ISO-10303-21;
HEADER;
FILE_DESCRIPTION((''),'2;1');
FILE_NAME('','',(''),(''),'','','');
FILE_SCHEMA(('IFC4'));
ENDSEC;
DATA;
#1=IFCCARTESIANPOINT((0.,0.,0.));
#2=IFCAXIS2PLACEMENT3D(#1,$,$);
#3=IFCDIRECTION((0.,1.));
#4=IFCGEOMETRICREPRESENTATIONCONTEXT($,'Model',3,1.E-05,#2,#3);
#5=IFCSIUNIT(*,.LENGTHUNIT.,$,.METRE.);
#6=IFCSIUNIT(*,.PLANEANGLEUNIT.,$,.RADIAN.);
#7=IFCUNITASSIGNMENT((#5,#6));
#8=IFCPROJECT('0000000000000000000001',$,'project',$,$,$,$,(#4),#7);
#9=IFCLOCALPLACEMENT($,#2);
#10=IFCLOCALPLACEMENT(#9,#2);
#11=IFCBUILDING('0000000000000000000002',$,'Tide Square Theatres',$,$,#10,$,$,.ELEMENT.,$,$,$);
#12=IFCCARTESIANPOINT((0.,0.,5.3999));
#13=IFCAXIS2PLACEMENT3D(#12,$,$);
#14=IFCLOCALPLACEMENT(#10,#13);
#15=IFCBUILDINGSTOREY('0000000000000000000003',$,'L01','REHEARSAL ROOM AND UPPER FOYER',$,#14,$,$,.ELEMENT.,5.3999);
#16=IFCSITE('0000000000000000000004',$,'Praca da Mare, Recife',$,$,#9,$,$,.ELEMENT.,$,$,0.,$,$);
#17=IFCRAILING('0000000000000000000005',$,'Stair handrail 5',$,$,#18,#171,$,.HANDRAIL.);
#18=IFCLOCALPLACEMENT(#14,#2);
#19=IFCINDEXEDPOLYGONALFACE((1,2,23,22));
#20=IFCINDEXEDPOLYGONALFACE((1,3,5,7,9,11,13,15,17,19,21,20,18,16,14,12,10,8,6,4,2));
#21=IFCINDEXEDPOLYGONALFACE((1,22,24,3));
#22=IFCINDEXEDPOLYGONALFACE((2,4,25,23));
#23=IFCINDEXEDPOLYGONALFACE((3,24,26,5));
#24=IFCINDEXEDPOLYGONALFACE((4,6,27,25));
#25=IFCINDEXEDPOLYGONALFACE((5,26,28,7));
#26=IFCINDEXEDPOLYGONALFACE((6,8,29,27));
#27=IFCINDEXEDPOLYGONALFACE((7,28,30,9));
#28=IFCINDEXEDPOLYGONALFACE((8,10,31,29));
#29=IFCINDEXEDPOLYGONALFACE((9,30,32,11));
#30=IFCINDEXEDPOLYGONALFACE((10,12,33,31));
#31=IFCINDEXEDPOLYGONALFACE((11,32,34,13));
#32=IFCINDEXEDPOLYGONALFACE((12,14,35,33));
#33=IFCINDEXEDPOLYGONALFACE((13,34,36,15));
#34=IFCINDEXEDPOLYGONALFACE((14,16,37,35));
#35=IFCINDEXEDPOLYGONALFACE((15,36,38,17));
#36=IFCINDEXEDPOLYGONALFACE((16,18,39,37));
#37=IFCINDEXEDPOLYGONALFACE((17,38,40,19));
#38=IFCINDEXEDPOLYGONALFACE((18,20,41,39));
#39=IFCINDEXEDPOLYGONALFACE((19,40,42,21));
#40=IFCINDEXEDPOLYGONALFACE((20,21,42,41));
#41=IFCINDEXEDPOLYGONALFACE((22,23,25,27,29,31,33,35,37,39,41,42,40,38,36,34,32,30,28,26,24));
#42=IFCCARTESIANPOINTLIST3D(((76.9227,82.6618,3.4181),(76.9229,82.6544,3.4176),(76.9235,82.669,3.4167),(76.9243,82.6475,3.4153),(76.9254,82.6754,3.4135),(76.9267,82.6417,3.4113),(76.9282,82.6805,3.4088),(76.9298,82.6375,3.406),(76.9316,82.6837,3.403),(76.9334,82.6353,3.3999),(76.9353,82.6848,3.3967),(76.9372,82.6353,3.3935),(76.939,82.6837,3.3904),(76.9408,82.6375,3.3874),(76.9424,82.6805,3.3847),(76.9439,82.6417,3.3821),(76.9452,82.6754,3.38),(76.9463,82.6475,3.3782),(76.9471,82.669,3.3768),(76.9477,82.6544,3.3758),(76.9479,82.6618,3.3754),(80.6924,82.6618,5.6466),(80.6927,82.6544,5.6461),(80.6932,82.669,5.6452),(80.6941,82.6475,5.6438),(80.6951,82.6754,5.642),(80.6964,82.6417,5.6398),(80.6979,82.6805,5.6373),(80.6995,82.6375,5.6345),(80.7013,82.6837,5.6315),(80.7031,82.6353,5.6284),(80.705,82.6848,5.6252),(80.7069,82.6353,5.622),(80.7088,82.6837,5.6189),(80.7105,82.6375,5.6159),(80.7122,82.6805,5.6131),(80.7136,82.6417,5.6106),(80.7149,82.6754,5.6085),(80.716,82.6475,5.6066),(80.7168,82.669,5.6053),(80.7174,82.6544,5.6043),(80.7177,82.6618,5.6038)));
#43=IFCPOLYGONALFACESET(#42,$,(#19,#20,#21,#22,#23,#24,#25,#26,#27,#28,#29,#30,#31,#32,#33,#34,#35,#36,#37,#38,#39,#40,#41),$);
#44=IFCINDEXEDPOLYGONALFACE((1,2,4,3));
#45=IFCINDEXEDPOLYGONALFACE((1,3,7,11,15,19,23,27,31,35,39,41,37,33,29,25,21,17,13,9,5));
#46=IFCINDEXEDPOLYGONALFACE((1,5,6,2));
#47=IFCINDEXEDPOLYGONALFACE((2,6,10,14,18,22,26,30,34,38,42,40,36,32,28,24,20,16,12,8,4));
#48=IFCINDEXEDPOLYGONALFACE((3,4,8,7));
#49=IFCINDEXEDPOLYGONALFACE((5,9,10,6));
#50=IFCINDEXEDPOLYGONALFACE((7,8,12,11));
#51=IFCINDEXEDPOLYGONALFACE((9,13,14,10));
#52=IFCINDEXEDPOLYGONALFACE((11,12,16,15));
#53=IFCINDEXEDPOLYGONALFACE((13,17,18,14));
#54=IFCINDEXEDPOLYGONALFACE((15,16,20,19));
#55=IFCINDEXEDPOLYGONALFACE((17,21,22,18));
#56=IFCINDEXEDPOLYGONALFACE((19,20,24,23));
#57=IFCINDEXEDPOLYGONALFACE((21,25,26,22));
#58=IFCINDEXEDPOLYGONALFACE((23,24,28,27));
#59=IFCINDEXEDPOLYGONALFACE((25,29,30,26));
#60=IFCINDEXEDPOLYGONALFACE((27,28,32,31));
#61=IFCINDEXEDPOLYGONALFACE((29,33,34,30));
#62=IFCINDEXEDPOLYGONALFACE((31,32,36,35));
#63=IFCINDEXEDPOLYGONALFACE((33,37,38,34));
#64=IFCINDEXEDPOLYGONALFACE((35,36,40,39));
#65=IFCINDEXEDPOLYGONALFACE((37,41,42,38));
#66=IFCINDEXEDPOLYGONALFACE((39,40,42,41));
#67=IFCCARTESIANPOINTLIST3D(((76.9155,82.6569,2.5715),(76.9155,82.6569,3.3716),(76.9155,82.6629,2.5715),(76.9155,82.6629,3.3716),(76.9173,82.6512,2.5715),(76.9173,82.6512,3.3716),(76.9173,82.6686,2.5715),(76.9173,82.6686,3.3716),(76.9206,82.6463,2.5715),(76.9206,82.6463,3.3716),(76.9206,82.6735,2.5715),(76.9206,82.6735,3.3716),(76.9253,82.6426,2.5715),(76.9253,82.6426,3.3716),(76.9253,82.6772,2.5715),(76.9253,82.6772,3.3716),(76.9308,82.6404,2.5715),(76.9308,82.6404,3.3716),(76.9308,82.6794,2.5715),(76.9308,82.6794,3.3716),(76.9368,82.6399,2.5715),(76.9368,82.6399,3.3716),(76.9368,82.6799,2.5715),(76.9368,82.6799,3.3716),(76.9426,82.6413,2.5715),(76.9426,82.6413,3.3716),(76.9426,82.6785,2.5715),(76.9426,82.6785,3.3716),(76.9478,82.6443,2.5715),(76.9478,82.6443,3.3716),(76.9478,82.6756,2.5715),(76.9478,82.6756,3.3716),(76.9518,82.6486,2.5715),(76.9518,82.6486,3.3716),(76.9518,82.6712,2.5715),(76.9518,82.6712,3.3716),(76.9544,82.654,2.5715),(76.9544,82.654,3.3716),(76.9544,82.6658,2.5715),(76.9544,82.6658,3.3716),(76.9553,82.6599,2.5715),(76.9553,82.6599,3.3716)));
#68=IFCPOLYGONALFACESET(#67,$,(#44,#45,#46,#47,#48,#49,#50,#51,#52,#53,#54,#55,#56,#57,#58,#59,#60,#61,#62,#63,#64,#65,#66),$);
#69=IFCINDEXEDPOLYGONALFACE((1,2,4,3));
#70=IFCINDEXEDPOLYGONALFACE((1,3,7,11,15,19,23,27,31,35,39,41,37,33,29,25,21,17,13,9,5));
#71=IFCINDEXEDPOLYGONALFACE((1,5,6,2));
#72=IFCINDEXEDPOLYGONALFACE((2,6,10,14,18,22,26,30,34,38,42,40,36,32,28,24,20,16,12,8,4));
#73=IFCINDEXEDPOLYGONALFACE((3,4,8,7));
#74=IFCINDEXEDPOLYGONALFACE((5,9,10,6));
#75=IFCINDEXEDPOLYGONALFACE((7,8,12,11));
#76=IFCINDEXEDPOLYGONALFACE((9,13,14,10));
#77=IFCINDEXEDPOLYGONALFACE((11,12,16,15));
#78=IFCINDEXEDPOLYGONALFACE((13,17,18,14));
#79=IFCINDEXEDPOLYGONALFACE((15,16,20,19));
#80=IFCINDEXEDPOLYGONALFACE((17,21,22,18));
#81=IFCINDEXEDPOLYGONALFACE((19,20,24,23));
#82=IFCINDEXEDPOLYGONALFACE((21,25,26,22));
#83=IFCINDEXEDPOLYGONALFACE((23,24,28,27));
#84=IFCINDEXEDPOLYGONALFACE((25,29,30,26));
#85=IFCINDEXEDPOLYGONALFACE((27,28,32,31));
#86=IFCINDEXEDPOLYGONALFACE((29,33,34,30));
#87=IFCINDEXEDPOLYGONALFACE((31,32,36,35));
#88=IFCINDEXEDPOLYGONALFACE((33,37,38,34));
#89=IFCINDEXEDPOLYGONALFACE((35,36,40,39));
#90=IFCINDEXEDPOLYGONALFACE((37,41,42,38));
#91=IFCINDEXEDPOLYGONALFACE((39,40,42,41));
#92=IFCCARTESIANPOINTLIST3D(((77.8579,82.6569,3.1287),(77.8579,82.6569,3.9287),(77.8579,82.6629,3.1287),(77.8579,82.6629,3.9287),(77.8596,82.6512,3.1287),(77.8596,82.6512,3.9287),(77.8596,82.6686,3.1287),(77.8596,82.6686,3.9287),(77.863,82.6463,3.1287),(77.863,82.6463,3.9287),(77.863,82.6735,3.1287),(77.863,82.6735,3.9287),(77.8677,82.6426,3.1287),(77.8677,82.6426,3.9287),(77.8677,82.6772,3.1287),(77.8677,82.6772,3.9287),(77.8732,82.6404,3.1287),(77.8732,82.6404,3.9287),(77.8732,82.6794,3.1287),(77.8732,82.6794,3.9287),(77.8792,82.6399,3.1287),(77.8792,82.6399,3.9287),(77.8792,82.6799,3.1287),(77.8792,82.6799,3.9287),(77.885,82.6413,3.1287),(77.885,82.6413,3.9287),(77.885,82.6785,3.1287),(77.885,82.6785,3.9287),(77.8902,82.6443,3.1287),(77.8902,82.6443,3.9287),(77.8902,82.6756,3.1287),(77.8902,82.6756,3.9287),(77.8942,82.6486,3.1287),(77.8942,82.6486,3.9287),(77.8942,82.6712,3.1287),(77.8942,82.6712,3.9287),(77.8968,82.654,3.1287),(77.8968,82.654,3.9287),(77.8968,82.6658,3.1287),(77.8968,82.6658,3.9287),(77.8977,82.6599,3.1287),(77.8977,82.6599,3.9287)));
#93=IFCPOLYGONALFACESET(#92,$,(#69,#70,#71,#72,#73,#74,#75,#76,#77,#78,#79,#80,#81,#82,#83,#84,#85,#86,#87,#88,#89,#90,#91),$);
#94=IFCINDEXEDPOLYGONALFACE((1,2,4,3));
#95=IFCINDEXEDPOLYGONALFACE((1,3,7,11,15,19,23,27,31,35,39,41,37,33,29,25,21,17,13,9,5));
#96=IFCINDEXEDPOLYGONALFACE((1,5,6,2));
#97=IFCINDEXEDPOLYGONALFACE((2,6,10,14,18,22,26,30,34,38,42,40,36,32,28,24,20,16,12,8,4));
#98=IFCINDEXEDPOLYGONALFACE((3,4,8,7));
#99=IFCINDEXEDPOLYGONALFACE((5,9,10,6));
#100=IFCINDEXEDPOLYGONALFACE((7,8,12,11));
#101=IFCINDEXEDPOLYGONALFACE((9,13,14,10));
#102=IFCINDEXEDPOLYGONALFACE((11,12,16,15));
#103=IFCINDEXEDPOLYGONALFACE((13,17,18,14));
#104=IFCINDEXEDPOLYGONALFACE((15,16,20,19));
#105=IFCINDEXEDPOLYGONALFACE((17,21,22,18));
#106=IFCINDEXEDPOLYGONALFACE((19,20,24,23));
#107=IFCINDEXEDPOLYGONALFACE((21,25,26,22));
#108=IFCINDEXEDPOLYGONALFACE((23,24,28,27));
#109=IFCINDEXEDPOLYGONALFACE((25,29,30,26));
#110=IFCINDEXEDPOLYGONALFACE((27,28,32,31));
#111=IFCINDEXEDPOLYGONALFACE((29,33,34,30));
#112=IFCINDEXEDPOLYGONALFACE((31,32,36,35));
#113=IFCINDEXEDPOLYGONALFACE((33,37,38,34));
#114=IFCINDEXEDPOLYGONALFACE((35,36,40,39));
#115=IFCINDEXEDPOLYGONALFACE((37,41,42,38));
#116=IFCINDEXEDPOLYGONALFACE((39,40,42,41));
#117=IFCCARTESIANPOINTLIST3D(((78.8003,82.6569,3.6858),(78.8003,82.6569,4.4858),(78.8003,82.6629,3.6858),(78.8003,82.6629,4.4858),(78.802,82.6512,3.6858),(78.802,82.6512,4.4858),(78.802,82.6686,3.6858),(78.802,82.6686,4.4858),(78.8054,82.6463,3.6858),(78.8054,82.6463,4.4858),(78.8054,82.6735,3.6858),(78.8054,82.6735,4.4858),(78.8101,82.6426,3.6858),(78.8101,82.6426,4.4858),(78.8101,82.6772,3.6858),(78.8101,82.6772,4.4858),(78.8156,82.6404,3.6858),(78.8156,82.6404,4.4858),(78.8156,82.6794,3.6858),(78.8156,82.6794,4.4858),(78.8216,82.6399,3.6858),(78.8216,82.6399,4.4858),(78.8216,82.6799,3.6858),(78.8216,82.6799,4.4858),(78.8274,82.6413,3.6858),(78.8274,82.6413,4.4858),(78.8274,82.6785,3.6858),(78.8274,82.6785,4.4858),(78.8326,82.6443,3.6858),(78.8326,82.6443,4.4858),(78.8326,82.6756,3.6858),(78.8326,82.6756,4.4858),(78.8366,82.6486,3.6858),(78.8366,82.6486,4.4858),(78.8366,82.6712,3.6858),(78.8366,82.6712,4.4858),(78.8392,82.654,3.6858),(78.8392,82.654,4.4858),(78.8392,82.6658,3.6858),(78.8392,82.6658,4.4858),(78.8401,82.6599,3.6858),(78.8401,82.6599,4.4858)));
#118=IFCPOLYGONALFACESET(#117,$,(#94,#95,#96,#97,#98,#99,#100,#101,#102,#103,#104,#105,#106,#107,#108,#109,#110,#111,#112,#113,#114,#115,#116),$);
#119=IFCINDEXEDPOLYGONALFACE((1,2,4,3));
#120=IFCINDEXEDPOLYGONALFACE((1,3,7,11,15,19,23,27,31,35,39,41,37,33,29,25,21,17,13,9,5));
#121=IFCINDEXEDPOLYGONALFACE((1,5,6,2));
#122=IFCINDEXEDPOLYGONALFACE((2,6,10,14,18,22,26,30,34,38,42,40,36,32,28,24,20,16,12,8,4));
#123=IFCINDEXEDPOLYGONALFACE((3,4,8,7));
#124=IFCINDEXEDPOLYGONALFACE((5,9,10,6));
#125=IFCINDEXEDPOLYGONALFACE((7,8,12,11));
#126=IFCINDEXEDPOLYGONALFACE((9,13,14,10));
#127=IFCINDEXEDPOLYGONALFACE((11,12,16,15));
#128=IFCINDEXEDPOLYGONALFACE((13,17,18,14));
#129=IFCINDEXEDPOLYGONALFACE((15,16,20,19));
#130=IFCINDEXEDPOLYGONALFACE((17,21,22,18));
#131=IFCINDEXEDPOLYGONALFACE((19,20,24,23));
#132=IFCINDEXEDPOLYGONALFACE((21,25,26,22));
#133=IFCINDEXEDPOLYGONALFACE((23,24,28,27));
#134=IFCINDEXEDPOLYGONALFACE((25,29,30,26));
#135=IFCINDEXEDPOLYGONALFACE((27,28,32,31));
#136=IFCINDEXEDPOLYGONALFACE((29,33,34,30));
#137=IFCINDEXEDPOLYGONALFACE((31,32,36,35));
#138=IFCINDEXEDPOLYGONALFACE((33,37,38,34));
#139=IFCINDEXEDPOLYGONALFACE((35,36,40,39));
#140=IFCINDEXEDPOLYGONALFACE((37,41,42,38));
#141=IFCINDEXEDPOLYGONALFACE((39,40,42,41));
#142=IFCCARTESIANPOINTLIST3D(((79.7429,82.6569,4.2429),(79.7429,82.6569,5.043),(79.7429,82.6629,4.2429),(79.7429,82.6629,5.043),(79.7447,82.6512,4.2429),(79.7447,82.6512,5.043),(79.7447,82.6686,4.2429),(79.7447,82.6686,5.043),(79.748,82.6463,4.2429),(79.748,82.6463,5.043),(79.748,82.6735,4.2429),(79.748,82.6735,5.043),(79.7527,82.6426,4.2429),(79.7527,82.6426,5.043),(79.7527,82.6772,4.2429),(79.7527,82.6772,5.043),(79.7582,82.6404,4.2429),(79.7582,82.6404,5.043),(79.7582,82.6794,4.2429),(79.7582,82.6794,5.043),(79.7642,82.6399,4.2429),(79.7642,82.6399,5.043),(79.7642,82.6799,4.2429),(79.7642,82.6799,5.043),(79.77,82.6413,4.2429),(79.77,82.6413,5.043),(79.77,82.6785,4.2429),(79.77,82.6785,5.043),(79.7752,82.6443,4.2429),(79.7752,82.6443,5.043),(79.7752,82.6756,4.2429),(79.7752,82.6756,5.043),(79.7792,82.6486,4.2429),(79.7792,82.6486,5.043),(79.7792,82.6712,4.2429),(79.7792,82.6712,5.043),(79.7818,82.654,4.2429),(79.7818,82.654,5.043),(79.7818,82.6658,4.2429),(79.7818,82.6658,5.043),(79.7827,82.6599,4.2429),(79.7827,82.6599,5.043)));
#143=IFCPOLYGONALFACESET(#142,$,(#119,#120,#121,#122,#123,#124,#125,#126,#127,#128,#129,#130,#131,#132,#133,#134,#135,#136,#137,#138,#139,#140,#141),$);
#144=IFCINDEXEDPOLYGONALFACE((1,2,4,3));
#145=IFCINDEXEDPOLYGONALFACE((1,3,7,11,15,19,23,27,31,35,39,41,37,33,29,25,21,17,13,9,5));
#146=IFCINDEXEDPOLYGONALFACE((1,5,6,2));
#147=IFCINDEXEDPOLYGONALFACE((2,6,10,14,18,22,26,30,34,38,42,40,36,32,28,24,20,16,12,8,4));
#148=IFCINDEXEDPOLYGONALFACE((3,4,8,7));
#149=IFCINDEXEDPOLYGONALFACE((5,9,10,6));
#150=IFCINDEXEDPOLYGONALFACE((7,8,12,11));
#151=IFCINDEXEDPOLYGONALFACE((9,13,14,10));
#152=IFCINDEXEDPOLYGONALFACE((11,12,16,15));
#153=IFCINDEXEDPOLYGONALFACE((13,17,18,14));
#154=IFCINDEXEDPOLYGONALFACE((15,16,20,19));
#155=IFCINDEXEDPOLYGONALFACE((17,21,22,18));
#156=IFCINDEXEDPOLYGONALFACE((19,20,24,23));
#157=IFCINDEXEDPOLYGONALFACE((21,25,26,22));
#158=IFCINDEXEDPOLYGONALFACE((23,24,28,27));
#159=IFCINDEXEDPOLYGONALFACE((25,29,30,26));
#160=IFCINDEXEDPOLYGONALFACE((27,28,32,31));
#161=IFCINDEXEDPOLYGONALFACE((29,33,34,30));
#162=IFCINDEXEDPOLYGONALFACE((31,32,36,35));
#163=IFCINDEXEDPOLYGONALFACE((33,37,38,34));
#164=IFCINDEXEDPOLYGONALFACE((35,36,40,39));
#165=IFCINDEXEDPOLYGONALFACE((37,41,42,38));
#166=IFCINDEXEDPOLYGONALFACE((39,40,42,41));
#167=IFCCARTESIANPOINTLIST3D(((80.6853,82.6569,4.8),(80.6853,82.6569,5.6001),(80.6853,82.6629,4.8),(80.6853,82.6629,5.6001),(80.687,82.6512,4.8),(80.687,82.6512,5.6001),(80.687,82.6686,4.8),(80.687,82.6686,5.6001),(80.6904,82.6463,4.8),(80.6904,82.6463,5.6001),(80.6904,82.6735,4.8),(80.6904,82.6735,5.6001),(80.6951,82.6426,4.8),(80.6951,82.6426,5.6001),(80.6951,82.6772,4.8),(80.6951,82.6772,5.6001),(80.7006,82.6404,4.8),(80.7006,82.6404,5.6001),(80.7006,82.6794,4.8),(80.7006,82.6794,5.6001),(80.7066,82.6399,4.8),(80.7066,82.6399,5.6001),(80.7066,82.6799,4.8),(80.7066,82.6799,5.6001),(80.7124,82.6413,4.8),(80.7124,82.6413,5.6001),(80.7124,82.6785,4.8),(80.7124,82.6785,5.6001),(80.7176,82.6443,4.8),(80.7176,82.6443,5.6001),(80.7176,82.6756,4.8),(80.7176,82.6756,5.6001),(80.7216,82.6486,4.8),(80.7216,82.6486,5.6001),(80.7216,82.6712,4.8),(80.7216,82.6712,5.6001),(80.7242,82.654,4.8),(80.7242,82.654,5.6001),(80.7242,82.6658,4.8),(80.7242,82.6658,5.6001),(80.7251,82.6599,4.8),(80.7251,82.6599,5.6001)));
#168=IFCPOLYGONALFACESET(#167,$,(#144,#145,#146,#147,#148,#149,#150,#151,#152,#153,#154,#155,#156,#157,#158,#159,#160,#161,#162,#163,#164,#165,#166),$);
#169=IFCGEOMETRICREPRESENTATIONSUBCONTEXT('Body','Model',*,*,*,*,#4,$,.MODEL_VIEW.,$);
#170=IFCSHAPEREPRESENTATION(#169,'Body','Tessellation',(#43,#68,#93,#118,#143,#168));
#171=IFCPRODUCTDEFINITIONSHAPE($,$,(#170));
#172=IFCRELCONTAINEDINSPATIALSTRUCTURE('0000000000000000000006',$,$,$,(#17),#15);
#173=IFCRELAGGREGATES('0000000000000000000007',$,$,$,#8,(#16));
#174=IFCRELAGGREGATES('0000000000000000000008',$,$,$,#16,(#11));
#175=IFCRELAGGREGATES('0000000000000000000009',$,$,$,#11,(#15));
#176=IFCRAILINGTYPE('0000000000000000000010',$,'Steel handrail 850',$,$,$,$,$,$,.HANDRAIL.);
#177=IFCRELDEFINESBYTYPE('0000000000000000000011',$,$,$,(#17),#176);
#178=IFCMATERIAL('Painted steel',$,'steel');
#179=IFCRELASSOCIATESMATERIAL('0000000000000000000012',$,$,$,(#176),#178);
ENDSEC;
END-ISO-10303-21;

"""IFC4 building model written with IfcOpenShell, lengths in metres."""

from ifc_helpers import new_model, si_unit, direction, frame, origin, origin_2d, place, context, subcontext, project, spatial, circle, extrude, material, type_object, element, save


model = new_model("IFC4")

# Units and contexts
model_context = context("Model", 3, precision=1e-05, world=origin(), true_north=direction((0.0, 1.0)))
body_context = subcontext(model_context, "Body", "Model", "MODEL_VIEW")
ifc_project = project(units=[si_unit("LENGTHUNIT", "METRE"), si_unit("PLANEANGLEUNIT", "RADIAN")], contexts=[model_context])

# Site, building, storey
site_placement = place(None, origin())
site = spatial("IfcSite", under=ifc_project, at=site_placement, Name="Praca da Mare, Recife", CompositionType="ELEMENT", RefElevation=0.0)
building_placement = place(site_placement, origin())
building = spatial("IfcBuilding", under=site, at=building_placement, Name="Tide Square Theatres", CompositionType="ELEMENT")
storey_placement = place(building_placement, frame((0.0, 0.0, 5.3999)))
storey = spatial("IfcBuildingStorey", under=building, at=storey_placement, Name="L01", Description="REHEARSAL ROOM AND UPPER FOYER", CompositionType="ELEMENT", Elevation=5.3999)

# Railing
ifc_material_1 = material(Name="Painted steel", Category="steel")
railing_type = type_object("IfcRailingType", Name="Steel handrail 850", PredefinedType="HANDRAIL", material=ifc_material_1)
for number, where, name in (
    (1, (76.9353, 82.6599, 2.5715), "Stair handrail 5"),
):
    element("IfcRailing", number, at=place(storey_placement, frame(where)), inside=storey, type_object=railing_type, Name=name, PredefinedType="HANDRAIL", context=body_context, shape_type="SweptSolid", body=[
        extrude(circle(Radius=0.0249, at=origin_2d()), frame((0.0, 0.0, 0.8252), z_axis=(0.860834, 0.0, 0.508885), x_axis=(0.0, 1.0, 0.0)), (0.0, 0.0, 1.0), 4.3792),
        extrude(circle(Radius=0.02, at=origin_2d()), origin(), (0.0, 0.0, 1.0), 0.8),
        extrude(circle(Radius=0.02, at=origin_2d()), frame((0.9424, 0.0, 0.5571)), (0.0, 0.0, 1.0), 0.8),
        extrude(circle(Radius=0.02, at=origin_2d()), frame((1.8848, 0.0, 1.1143)), (0.0, 0.0, 1.0), 0.8),
        extrude(circle(Radius=0.02, at=origin_2d()), frame((2.8274, 0.0, 1.6714)), (0.0, 0.0, 1.0), 0.8),
        extrude(circle(Radius=0.02, at=origin_2d()), frame((3.7698, 0.0, 2.2285)), (0.0, 0.0, 1.0), 0.8),
    ])

save(model, "model.ifc")
